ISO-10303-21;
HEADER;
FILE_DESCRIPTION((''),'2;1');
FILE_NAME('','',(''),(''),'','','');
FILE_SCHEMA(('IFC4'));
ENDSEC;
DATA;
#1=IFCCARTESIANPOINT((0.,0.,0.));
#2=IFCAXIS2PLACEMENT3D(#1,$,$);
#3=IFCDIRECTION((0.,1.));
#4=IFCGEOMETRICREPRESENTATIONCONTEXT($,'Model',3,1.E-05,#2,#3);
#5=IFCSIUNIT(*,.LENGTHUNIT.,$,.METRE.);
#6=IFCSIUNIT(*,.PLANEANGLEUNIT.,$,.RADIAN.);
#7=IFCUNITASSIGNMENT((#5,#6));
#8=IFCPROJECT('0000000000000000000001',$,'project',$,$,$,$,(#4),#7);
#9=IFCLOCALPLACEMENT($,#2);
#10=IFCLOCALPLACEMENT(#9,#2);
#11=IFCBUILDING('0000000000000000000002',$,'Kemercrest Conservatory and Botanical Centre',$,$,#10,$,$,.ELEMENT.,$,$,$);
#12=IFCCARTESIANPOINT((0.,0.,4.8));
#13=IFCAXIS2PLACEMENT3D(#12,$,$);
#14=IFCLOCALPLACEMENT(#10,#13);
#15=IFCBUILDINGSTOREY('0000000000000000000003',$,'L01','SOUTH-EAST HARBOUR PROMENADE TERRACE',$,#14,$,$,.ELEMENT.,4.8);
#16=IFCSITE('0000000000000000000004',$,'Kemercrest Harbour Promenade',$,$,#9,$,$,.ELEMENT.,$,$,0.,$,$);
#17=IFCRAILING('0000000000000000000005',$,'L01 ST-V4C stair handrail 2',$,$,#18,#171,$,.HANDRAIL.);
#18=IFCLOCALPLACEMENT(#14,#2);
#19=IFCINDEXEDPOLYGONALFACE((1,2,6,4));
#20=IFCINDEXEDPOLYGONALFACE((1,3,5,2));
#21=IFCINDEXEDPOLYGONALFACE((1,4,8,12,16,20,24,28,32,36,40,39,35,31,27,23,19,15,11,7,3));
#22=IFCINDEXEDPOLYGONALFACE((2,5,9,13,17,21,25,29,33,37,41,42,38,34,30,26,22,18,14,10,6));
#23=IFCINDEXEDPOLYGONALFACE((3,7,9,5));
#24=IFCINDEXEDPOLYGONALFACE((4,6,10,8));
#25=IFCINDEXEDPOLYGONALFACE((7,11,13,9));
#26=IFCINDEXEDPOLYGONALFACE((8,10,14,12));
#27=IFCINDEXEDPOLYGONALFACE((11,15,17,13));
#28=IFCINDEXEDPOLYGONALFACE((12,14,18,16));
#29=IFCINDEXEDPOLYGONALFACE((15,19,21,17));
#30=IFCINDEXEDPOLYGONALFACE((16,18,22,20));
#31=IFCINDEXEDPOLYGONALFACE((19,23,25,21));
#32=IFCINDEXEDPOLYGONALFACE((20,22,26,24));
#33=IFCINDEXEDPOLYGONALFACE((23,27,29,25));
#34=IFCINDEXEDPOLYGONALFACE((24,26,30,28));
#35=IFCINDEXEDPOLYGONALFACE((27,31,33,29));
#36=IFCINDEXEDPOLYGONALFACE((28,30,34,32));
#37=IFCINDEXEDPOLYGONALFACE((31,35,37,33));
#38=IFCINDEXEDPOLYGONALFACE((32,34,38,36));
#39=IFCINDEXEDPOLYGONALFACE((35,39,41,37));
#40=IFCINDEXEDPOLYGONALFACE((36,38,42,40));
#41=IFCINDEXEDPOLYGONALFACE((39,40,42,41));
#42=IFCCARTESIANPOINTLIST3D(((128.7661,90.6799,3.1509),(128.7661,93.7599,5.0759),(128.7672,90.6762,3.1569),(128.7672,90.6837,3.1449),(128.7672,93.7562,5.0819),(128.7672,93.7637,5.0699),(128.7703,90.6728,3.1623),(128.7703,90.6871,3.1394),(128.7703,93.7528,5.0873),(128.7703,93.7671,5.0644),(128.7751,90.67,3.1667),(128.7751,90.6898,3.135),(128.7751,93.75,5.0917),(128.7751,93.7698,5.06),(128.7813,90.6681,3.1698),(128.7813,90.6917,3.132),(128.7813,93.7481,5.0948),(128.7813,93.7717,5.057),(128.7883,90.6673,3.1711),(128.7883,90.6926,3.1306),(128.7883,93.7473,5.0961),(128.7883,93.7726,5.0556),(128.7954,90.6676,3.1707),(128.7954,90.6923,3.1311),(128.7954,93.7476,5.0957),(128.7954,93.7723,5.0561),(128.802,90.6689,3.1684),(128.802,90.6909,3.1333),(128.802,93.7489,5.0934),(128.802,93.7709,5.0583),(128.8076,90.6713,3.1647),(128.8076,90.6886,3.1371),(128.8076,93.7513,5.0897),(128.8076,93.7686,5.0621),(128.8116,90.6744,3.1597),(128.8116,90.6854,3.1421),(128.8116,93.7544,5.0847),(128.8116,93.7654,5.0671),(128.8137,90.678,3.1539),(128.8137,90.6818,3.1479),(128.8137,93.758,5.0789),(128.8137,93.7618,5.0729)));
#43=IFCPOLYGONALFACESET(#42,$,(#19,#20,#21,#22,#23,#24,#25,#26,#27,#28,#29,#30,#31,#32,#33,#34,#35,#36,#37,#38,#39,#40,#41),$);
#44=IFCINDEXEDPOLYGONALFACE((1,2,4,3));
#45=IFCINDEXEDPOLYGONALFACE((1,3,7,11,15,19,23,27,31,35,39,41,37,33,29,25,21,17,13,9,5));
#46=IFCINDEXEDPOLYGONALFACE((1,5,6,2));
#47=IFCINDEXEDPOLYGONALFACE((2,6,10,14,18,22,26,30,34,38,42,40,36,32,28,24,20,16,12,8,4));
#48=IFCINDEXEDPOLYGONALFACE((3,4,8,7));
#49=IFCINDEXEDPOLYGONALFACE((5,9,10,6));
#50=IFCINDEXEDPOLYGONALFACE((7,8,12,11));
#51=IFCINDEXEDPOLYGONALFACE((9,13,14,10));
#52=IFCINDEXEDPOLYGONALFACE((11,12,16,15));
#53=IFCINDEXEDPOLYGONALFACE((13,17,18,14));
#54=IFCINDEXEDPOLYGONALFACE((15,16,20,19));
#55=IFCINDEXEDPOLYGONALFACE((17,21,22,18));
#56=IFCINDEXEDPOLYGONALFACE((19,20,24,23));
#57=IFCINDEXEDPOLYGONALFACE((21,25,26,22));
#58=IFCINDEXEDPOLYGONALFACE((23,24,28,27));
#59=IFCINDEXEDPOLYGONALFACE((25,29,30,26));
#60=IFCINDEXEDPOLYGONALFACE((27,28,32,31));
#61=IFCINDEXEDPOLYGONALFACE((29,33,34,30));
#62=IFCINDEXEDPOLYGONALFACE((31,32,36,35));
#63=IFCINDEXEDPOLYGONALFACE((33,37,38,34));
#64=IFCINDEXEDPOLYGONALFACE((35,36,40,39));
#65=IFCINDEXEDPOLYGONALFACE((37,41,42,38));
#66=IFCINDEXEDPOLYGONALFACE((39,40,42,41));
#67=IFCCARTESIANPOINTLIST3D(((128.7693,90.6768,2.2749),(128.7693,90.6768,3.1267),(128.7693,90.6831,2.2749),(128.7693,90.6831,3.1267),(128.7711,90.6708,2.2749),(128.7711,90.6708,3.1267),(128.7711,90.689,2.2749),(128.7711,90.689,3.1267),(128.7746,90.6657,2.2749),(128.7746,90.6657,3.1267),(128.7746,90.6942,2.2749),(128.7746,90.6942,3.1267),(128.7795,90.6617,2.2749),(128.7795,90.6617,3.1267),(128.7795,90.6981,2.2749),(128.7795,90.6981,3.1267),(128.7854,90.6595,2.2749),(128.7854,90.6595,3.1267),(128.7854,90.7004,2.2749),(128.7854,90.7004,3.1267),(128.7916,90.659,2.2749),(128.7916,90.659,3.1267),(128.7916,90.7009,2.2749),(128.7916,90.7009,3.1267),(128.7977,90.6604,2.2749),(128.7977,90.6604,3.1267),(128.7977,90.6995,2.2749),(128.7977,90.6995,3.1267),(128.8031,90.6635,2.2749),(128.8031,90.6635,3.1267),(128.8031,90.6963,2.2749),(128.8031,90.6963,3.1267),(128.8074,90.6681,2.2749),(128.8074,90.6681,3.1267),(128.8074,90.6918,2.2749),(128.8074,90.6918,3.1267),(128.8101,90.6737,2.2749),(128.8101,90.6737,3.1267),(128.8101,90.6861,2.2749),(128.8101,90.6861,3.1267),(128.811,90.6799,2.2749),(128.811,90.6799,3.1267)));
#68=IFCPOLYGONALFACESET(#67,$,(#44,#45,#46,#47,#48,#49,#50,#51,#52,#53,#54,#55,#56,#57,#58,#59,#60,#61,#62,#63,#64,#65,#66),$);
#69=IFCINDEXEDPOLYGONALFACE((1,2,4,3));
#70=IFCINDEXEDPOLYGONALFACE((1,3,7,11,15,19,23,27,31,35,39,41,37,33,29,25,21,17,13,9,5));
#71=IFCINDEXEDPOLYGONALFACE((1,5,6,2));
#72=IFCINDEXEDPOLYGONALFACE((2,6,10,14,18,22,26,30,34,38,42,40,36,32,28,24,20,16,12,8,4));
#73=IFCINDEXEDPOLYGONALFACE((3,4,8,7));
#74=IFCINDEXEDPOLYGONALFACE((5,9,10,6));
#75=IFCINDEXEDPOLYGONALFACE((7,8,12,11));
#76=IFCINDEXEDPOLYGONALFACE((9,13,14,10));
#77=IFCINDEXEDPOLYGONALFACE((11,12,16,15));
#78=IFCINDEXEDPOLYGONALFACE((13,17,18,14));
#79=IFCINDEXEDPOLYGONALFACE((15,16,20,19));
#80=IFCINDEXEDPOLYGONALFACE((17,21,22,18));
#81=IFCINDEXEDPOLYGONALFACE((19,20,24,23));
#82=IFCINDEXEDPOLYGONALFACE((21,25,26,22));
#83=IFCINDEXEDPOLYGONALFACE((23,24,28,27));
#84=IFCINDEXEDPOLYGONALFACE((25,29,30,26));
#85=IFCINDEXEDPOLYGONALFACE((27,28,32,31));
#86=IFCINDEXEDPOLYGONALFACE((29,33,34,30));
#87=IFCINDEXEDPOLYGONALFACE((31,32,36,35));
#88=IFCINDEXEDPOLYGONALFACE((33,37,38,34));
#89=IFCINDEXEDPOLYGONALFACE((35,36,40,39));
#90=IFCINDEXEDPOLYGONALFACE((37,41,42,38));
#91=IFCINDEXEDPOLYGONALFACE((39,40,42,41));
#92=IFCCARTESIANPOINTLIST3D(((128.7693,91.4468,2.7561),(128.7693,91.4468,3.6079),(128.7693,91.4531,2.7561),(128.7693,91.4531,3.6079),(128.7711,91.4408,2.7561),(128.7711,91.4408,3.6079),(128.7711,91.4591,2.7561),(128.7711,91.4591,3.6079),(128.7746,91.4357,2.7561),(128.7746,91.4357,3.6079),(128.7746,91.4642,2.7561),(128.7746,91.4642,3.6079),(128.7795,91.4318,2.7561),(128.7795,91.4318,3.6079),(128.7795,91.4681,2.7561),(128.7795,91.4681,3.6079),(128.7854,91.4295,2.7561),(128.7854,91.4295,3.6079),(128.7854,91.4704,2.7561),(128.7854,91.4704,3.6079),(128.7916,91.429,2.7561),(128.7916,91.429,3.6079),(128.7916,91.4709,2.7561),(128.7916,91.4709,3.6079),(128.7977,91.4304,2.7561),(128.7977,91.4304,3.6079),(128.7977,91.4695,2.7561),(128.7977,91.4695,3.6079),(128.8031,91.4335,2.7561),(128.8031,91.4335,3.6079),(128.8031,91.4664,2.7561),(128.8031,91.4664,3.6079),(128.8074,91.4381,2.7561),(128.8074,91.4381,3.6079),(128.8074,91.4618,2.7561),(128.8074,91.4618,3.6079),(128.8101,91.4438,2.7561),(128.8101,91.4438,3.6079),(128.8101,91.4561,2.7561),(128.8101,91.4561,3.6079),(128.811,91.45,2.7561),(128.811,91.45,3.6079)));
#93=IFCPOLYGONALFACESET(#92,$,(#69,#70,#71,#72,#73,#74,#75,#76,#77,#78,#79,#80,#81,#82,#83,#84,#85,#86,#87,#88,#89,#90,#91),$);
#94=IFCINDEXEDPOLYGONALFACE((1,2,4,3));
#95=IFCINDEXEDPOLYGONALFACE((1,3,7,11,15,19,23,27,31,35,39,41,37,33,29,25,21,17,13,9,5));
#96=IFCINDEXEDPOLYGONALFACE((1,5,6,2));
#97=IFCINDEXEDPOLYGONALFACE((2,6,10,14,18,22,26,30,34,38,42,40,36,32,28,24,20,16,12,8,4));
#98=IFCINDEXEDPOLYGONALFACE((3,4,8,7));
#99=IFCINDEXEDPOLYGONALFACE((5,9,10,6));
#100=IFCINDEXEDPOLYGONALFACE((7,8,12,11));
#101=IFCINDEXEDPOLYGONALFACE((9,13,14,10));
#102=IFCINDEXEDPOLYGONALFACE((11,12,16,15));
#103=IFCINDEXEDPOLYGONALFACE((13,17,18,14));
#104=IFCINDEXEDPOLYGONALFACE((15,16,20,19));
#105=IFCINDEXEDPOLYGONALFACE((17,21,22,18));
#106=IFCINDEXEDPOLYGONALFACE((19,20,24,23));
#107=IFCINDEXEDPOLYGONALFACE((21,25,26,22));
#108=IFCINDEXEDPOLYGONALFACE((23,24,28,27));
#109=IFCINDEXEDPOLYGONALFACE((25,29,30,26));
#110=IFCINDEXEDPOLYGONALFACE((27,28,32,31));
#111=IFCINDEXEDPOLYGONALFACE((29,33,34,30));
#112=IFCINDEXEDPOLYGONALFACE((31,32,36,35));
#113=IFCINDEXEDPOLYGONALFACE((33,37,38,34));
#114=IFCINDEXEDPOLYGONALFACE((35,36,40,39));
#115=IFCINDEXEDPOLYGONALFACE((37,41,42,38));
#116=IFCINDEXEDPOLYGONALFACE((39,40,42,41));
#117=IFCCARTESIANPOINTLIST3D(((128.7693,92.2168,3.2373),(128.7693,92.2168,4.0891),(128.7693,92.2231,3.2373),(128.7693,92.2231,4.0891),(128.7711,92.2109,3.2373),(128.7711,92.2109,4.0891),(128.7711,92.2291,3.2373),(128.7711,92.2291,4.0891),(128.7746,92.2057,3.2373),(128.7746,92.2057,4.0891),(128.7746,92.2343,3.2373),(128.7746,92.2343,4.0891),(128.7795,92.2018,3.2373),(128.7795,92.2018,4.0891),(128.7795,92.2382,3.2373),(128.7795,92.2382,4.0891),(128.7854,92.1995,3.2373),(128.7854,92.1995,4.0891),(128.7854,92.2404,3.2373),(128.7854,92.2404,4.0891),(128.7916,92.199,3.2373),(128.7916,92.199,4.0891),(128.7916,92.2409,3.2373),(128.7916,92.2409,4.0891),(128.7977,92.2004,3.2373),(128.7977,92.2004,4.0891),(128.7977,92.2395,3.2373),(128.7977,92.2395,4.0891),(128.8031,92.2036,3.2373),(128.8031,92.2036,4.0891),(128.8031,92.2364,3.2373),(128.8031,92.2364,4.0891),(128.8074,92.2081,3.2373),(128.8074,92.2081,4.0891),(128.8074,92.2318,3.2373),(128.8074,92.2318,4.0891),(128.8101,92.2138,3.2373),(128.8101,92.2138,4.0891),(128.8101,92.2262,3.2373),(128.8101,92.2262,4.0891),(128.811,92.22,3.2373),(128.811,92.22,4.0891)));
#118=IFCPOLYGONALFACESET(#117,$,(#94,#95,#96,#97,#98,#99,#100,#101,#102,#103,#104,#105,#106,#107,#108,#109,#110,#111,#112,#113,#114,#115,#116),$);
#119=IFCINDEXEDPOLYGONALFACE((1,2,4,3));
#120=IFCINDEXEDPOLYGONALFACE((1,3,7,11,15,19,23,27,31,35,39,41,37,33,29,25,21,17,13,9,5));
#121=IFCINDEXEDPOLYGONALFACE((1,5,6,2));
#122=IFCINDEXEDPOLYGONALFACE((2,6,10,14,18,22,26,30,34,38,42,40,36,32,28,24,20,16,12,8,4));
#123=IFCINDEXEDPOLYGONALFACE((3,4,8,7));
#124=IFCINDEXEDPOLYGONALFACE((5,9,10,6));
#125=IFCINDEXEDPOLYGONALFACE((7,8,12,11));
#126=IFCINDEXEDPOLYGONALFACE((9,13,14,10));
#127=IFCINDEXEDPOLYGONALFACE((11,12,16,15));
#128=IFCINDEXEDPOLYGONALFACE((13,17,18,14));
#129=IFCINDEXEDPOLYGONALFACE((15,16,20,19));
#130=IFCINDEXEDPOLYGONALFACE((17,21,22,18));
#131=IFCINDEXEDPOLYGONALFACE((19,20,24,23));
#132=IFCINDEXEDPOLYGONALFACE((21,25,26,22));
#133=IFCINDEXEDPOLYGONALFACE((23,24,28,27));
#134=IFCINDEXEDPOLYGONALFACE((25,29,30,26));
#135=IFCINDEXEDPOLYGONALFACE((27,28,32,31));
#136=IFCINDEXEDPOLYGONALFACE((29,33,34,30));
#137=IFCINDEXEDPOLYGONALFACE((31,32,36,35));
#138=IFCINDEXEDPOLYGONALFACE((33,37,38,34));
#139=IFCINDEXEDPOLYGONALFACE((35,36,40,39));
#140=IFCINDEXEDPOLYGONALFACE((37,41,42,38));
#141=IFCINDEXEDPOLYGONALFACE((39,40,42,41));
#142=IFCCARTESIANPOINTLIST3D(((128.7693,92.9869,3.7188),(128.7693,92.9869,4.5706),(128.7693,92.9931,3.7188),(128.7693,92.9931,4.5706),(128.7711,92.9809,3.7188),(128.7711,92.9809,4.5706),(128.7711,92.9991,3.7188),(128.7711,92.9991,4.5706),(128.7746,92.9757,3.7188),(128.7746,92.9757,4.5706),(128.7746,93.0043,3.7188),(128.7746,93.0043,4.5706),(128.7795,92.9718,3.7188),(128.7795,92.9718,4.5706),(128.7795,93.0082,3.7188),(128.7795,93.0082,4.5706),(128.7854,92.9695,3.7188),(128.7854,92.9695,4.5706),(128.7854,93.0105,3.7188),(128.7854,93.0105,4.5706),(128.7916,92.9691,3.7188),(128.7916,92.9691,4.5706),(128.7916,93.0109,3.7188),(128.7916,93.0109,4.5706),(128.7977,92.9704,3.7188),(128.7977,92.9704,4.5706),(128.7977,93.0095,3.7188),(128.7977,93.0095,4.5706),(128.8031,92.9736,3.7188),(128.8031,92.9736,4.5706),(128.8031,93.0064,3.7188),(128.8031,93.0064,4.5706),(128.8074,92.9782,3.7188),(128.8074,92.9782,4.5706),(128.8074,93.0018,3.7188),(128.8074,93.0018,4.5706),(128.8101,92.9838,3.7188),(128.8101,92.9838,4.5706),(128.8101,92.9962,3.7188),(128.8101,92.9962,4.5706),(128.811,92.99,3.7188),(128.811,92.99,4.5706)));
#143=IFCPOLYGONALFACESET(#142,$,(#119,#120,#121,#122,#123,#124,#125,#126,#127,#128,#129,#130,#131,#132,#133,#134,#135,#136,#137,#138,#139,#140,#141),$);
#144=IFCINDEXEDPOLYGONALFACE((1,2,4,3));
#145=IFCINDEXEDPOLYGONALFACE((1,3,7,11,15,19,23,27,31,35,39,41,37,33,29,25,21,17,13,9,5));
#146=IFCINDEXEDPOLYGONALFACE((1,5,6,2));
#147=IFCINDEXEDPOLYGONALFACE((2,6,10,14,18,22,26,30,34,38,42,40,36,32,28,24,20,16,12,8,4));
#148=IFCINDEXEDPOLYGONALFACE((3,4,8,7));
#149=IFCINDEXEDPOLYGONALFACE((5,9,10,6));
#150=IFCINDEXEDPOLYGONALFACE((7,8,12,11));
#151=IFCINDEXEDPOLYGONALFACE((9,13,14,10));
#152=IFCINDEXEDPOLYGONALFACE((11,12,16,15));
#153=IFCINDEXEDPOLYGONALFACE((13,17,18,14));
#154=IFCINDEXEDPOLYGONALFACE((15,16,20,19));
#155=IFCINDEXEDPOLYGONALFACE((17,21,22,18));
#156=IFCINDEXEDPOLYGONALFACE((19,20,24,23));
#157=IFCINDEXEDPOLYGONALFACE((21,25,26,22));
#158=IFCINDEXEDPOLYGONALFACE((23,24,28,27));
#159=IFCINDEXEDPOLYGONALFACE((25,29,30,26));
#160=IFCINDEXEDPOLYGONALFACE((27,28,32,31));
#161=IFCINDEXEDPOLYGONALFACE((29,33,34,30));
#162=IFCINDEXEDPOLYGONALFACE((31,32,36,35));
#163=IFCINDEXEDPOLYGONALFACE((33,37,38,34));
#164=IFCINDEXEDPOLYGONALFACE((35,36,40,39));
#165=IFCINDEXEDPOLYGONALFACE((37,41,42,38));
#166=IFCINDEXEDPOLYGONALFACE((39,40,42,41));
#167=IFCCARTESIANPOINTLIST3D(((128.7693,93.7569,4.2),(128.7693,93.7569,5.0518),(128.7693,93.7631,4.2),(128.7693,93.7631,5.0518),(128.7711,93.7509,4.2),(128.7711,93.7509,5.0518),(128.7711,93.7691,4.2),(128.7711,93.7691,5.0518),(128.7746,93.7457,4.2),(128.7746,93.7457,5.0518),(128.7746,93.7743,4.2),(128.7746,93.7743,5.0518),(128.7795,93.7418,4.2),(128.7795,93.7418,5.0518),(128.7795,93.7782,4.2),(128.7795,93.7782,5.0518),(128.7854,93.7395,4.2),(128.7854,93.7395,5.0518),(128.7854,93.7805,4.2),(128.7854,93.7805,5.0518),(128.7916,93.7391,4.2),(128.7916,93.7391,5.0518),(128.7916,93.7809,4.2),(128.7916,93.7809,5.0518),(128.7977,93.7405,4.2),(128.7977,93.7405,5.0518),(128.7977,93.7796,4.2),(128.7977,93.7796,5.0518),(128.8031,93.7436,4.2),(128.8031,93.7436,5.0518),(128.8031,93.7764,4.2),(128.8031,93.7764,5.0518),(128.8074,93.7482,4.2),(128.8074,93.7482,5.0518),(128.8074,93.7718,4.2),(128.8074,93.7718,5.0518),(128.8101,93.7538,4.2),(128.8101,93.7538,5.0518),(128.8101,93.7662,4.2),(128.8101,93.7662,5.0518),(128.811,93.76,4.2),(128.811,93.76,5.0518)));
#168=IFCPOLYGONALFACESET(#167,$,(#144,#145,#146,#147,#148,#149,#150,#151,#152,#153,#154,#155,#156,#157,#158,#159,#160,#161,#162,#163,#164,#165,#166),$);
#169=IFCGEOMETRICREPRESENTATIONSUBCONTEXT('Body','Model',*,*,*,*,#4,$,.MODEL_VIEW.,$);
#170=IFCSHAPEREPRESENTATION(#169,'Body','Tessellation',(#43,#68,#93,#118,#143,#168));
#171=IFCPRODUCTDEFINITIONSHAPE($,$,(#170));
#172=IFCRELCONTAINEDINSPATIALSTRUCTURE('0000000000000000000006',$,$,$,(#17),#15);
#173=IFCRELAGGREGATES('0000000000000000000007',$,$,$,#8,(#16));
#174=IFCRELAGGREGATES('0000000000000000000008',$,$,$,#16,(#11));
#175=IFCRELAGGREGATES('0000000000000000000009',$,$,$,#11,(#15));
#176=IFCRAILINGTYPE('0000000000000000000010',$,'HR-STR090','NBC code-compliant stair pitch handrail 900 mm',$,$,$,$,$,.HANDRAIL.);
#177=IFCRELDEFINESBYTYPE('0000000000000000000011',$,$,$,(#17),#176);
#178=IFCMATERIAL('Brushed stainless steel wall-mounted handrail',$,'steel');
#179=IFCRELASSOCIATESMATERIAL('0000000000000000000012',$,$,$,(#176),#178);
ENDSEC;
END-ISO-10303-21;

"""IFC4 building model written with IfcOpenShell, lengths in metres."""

from ifc_helpers import new_model, si_unit, direction, frame, origin, origin_2d, place, context, subcontext, project, spatial, circle, extrude, material, type_object, element, save


model = new_model("IFC4")

# Units and contexts
model_context = context("Model", 3, precision=1e-05, world=origin(), true_north=direction((0.0, 1.0)))
body_context = subcontext(model_context, "Body", "Model", "MODEL_VIEW")
ifc_project = project(units=[si_unit("LENGTHUNIT", "METRE"), si_unit("PLANEANGLEUNIT", "RADIAN")], contexts=[model_context])

# Site, building, storey
site_placement = place(None, origin())
site = spatial("IfcSite", under=ifc_project, at=site_placement, Name="Kemercrest Harbour Promenade", CompositionType="ELEMENT", RefElevation=0.0)
building_placement = place(site_placement, origin())
building = spatial("IfcBuilding", under=site, at=building_placement, Name="Kemercrest Conservatory and Botanical Centre", CompositionType="ELEMENT")
storey_placement = place(building_placement, frame((0.0, 0.0, 4.8)))
storey = spatial("IfcBuildingStorey", under=building, at=storey_placement, Name="L01", Description="SOUTH-EAST HARBOUR PROMENADE TERRACE", CompositionType="ELEMENT", Elevation=4.8)

# Railing
ifc_material_1 = material(Name="Brushed stainless steel wall-mounted handrail", Category="steel")
railing_type_1 = type_object("IfcRailingType", Name="HR-STR090", Description="NBC code-compliant stair pitch handrail 900 mm", PredefinedType="HANDRAIL", material=ifc_material_1)
railing_1_placement = place(storey_placement, frame((128.79, 90.6799, 2.2749)))
element("IfcRailing", 1, at=railing_1_placement, inside=storey, type_object=railing_type_1, Name="L01 ST-V4C stair handrail 2", PredefinedType="HANDRAIL", context=body_context, shape_type="SweptSolid", body=[
    extrude(circle(Radius=0.0239, at=origin_2d()), frame((0.0, 0.0, 0.876), z_axis=(0.0, 0.847998, 0.529999), x_axis=(-1.0, 0.0, 0.0)), (0.0, 0.0, 1.0), 3.6321),
    extrude(circle(Radius=0.021, at=origin_2d()), origin(), (0.0, 0.0, 1.0), 0.8518),
    extrude(circle(Radius=0.021, at=origin_2d()), frame((0.0, 0.77, 0.4812)), (0.0, 0.0, 1.0), 0.8518),
    extrude(circle(Radius=0.021, at=origin_2d()), frame((0.0, 1.54, 0.9624)), (0.0, 0.0, 1.0), 0.8518),
    extrude(circle(Radius=0.021, at=origin_2d()), frame((0.0, 2.3101, 1.4438)), (0.0, 0.0, 1.0), 0.8518),
    extrude(circle(Radius=0.021, at=origin_2d()), frame((0.0, 3.0801, 1.925)), (0.0, 0.0, 1.0), 0.8518),
])

save(model, "model.ifc")
